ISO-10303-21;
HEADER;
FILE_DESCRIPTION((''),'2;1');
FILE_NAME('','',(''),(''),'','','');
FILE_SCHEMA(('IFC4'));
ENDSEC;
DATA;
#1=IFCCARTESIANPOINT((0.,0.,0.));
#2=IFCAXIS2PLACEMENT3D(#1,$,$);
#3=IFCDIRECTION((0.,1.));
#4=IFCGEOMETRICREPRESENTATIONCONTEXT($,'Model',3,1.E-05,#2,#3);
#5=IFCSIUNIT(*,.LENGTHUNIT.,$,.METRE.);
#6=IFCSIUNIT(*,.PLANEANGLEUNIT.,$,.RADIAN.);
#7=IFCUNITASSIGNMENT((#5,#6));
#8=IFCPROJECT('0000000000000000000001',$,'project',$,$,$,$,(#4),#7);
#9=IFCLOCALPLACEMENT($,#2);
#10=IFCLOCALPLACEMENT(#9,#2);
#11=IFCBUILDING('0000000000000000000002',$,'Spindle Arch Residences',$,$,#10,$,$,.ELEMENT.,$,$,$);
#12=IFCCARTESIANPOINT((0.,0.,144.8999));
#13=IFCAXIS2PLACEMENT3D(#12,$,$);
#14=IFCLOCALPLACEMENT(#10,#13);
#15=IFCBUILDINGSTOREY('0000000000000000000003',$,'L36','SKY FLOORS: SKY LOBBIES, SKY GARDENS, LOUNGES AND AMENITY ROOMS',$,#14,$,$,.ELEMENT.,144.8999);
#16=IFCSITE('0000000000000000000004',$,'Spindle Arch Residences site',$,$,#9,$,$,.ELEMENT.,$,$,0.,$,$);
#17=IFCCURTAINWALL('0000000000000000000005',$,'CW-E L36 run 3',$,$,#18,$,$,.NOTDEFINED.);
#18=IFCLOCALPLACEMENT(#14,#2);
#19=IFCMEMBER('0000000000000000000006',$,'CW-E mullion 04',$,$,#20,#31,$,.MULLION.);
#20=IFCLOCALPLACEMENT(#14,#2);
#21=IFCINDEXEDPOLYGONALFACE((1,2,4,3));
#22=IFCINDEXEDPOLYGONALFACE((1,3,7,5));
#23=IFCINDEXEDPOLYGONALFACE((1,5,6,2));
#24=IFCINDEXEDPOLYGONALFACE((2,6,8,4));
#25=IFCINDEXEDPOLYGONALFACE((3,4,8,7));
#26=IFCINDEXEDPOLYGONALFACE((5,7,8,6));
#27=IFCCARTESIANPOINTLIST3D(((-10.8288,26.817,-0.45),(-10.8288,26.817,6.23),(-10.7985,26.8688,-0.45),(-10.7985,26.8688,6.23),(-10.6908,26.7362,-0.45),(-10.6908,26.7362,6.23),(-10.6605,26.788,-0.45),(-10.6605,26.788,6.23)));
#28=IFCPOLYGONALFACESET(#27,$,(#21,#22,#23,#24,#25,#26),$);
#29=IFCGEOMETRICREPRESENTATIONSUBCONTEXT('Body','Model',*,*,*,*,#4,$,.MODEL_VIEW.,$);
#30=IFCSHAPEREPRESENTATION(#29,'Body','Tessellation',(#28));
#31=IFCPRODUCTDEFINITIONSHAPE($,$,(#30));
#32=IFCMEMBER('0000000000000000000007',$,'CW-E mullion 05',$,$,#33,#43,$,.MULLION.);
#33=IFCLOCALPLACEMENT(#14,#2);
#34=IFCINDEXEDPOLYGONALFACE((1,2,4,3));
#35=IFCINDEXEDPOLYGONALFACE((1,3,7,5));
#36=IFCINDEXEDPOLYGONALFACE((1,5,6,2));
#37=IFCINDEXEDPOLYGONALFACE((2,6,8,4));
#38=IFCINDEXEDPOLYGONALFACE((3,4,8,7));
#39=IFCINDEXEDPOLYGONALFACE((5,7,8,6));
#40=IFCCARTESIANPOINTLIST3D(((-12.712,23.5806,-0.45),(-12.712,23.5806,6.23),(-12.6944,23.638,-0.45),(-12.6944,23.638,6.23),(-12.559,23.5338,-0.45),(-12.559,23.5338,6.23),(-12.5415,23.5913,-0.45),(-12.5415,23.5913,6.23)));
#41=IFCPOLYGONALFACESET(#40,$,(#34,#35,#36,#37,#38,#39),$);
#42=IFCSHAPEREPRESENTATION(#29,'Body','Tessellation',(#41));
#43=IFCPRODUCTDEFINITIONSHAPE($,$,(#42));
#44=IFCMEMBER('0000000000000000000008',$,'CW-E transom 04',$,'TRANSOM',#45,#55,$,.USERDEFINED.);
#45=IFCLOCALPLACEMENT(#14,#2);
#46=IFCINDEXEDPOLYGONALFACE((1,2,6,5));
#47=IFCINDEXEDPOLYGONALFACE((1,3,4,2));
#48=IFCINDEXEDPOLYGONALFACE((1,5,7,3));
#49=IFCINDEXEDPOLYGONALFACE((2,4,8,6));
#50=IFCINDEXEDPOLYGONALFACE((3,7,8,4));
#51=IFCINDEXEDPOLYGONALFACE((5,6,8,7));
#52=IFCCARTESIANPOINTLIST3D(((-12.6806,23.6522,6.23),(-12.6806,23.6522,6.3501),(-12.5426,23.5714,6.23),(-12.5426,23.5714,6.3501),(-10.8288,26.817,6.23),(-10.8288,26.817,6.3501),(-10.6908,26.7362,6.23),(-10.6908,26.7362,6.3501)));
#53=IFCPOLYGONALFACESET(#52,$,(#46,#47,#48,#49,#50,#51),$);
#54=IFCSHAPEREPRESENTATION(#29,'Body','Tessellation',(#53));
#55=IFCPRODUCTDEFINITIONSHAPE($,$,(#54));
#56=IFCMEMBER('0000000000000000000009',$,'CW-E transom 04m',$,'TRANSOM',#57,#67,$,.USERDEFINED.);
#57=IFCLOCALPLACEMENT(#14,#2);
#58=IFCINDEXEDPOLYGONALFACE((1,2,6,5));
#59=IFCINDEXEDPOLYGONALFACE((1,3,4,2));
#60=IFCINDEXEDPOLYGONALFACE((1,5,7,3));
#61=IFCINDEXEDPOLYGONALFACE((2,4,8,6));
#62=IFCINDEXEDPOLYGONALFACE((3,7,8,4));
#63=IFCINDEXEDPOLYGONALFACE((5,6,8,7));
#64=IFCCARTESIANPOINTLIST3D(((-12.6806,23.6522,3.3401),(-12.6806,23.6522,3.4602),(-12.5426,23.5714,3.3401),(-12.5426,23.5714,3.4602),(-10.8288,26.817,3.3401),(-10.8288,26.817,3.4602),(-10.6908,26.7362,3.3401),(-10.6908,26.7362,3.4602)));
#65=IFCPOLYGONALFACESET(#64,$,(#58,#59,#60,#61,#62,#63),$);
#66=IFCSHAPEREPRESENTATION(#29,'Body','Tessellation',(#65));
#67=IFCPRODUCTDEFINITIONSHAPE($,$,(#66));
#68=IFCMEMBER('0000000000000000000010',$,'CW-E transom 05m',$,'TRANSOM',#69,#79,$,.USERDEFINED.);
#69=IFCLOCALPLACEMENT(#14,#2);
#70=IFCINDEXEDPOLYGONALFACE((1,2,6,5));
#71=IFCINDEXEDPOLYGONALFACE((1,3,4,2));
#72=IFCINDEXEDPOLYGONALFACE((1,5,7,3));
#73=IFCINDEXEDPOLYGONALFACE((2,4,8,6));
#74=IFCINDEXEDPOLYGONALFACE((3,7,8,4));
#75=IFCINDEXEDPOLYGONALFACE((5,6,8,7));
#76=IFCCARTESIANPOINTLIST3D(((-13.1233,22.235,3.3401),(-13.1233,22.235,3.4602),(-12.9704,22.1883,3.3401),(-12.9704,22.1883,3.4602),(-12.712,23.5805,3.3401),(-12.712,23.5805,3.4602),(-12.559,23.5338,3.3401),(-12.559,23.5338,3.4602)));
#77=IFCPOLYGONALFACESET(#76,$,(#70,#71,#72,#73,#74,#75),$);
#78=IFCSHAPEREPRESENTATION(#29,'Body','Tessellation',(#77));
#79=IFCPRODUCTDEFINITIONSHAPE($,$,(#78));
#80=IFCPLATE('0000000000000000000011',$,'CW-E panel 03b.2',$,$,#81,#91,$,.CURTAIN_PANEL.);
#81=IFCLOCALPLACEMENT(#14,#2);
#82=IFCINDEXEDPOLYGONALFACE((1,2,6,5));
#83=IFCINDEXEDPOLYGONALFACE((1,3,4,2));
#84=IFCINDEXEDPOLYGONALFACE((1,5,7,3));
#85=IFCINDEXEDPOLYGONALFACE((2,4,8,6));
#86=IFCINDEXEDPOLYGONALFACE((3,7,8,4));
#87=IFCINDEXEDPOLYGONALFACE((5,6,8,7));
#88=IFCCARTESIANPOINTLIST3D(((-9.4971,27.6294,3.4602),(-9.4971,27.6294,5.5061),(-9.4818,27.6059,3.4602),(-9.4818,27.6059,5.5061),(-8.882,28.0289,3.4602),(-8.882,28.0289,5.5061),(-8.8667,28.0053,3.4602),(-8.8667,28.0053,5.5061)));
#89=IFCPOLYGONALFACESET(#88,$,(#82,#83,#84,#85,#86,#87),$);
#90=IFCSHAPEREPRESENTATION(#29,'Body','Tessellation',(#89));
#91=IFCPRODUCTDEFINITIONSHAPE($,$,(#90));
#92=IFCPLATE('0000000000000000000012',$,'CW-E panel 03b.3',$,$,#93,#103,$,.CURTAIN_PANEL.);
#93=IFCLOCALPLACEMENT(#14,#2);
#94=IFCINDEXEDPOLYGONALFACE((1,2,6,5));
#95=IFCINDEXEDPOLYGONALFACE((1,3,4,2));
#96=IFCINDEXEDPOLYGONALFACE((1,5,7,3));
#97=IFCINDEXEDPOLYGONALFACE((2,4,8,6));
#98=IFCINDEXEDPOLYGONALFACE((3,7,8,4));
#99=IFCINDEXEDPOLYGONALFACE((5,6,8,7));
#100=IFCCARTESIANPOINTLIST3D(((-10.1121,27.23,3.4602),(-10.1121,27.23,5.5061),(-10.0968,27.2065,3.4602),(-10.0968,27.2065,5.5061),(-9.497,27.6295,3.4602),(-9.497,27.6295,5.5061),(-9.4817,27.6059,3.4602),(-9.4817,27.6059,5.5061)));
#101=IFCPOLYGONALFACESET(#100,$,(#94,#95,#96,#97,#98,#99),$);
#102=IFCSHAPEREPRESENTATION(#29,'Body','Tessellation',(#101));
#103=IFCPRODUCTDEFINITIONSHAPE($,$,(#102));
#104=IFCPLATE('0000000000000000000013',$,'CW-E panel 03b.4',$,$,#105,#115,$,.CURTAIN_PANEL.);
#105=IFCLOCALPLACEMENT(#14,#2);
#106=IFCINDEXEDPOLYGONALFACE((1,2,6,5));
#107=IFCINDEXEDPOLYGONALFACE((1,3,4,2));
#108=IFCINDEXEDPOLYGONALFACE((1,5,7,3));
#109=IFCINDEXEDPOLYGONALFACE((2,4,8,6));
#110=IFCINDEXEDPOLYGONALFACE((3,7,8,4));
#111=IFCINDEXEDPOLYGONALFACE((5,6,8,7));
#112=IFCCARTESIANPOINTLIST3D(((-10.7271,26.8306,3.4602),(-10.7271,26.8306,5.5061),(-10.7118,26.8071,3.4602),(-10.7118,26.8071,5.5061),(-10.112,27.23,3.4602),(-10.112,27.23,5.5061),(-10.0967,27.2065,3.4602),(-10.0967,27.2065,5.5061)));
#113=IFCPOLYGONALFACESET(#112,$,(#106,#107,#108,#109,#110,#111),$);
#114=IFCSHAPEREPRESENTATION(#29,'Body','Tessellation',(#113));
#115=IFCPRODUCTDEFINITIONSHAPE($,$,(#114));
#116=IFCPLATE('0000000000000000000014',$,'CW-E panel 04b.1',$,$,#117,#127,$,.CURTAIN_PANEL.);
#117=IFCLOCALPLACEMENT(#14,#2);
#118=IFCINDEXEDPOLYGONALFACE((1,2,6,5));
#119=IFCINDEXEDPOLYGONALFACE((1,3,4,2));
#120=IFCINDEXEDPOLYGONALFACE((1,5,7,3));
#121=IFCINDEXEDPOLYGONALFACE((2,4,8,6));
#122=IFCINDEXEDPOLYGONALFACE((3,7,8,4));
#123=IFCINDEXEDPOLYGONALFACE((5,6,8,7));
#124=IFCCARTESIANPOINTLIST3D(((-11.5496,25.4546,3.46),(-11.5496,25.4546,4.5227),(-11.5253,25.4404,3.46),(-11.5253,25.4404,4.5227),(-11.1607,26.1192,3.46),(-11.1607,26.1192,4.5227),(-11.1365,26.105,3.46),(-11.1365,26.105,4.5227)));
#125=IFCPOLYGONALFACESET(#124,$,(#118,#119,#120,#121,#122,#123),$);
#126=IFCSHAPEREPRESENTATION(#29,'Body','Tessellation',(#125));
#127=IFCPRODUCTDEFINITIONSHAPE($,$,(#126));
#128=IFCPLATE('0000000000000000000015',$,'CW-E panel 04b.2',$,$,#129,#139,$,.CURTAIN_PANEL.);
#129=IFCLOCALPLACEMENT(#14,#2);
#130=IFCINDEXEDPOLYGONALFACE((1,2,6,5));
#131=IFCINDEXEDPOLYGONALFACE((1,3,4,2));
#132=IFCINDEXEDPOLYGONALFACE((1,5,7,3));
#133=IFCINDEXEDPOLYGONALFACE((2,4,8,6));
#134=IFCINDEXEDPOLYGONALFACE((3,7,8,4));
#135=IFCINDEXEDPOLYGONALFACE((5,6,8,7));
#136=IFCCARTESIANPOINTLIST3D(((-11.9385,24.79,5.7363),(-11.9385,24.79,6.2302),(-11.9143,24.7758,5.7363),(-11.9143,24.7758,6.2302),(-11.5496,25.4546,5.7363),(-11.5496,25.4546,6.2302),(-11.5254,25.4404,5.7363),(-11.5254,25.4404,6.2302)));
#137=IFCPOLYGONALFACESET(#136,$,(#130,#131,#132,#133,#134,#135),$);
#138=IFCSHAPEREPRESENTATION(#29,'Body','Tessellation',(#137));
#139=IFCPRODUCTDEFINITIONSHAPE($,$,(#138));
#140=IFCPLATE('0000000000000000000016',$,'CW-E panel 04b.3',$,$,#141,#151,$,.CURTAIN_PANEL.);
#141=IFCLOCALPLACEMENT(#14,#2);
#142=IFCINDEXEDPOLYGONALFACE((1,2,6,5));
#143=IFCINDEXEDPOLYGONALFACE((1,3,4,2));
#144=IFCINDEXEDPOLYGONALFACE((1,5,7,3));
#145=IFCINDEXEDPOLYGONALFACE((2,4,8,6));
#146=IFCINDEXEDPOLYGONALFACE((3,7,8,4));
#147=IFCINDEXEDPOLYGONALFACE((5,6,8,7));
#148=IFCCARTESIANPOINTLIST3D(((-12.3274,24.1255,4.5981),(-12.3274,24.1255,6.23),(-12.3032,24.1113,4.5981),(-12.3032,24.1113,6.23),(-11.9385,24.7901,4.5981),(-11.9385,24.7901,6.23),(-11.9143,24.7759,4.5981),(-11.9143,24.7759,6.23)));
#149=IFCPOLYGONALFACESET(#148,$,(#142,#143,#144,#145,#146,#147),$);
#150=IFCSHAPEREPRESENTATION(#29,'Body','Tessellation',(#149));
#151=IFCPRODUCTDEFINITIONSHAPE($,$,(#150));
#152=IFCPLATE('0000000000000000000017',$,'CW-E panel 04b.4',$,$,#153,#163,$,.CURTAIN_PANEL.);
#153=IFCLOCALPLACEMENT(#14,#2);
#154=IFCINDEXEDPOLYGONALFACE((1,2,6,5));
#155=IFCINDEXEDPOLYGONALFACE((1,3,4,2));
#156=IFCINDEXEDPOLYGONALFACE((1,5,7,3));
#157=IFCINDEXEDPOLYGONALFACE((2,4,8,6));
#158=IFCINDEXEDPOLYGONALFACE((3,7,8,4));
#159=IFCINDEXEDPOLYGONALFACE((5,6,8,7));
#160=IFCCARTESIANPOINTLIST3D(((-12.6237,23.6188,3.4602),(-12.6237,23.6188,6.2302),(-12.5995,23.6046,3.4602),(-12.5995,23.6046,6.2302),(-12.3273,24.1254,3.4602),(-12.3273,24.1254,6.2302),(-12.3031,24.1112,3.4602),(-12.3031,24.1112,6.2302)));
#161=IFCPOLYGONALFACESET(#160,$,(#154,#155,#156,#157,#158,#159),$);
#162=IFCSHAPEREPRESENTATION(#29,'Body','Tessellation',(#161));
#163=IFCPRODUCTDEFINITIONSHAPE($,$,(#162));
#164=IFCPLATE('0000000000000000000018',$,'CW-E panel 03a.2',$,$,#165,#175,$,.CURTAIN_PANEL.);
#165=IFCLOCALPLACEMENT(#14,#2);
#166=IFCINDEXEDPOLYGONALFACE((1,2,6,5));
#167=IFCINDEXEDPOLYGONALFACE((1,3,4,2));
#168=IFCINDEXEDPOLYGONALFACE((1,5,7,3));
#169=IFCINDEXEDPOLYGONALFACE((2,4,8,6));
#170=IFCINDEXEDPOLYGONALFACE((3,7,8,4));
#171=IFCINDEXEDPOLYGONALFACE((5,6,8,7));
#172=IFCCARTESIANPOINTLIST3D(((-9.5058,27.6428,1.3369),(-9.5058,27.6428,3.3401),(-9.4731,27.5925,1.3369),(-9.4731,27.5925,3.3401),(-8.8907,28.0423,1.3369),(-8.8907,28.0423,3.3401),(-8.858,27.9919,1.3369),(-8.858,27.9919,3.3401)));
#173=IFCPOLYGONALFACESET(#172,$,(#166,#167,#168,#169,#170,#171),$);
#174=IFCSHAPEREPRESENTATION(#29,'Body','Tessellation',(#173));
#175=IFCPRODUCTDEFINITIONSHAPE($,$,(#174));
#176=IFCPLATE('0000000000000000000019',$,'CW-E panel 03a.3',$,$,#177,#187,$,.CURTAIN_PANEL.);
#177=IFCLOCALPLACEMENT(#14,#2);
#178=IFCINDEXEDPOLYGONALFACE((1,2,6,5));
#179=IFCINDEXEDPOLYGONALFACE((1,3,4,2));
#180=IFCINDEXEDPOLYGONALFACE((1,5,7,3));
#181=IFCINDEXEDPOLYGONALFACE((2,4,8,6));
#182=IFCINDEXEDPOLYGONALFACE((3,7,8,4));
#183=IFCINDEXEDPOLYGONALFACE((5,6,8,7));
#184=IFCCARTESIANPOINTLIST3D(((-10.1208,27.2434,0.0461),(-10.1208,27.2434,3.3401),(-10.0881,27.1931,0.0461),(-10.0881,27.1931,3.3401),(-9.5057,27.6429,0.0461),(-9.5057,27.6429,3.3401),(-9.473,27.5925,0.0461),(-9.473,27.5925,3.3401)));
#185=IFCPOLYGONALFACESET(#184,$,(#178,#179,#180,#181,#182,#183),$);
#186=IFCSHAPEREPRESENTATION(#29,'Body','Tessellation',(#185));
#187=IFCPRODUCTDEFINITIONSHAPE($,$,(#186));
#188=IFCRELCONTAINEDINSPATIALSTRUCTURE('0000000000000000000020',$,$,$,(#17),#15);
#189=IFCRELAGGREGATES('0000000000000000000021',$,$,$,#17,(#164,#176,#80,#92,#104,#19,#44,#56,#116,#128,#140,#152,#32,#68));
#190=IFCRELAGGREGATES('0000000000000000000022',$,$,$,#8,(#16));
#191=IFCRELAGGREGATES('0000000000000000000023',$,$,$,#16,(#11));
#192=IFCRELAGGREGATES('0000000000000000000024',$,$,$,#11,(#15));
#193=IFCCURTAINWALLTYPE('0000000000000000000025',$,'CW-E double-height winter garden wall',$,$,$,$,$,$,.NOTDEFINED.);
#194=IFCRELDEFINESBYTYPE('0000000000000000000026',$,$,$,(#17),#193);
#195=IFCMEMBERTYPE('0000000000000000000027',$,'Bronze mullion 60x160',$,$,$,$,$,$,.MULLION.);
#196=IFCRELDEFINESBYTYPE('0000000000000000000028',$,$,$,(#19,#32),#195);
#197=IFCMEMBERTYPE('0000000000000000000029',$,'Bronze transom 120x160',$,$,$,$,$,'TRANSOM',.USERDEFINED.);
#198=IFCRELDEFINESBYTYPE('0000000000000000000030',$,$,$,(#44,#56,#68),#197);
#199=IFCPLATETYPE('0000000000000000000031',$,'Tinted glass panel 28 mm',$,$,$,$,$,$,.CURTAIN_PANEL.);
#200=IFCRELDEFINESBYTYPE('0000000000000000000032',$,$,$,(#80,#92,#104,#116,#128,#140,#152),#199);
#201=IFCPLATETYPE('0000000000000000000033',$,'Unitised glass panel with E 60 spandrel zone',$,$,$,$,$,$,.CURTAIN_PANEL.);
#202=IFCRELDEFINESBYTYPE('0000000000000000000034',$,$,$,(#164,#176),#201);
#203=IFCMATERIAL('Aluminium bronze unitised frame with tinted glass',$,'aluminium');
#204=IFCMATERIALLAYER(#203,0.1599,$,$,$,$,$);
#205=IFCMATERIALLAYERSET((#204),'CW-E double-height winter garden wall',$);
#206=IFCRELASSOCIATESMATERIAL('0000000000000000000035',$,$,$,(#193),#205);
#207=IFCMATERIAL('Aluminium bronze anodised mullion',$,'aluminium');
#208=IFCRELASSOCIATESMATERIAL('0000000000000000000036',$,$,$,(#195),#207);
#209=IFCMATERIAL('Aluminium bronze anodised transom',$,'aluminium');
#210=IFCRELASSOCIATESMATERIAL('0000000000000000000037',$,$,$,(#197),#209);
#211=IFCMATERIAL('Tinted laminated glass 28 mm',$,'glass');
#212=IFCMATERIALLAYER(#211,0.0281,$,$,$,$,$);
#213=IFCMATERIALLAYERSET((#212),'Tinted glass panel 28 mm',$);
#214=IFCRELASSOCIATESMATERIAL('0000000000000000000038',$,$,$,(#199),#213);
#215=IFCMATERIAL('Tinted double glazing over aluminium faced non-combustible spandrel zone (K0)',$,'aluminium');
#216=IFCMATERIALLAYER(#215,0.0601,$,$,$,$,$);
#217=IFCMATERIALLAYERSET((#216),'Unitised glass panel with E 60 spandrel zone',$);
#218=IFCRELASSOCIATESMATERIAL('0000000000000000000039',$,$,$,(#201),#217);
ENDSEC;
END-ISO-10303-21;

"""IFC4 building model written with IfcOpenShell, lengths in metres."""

from ifc_helpers import new_model, si_unit, direction, frame, origin, origin_2d, place, context, subcontext, project, spatial, rectangle, extrude, material, layer, layer_set, material_profile, profile_set, type_object, element, aggregate, save


model = new_model("IFC4")

# Units and contexts
model_context = context("Model", 3, precision=1e-05, world=origin(), true_north=direction((0.0, 1.0)))
body_context = subcontext(model_context, "Body", "Model", "MODEL_VIEW")
ifc_project = project(units=[si_unit("LENGTHUNIT", "METRE"), si_unit("PLANEANGLEUNIT", "RADIAN")], contexts=[model_context])

# Site, building, storey
site_placement = place(None, origin())
site = spatial("IfcSite", under=ifc_project, at=site_placement, Name="Spindle Arch Residences site", CompositionType="ELEMENT", RefElevation=0.0)
building_placement = place(site_placement, origin())
building = spatial("IfcBuilding", under=site, at=building_placement, Name="Spindle Arch Residences", CompositionType="ELEMENT")
storey_placement = place(building_placement, frame((0.0, 0.0, 144.8999)))
storey = spatial("IfcBuildingStorey", under=building, at=storey_placement, Name="L36", Description="SKY FLOORS: SKY LOBBIES, SKY GARDENS, LOUNGES AND AMENITY ROOMS", CompositionType="ELEMENT", Elevation=144.8999)

# Curtain wall, members, plates
ifc_material_1 = material(Name="Aluminium bronze unitised frame with tinted glass", Category="aluminium")
ifc_layer_1 = layer(ifc_material_1, 0.1599)
ifc_layer_set_1 = layer_set([ifc_layer_1], Name="CW-E double-height winter garden wall")
curtain_wall_type = type_object("IfcCurtainWallType", Name="CW-E double-height winter garden wall", PredefinedType="NOTDEFINED", material=ifc_layer_set_1)
curtain_wall_placement = place(storey_placement, origin())
curtain_wall = element("IfcCurtainWall", 1, at=curtain_wall_placement, inside=storey, type_object=curtain_wall_type, Name="CW-E L36 run 3", PredefinedType="NOTDEFINED")
ifc_material_2 = material(Name="Aluminium bronze anodised mullion", Category="aluminium")
ifc_material_profile_1 = material_profile(ifc_material_2, rectangle(XDim=0.1599, YDim=0.0601, at=origin_2d()), Name="MU 60x160")
ifc_profile_set_1 = profile_set([ifc_material_profile_1], Name="Aluminium bronze anodised mullion")
member_type_1 = type_object("IfcMemberType", Name="Bronze mullion 60x160", PredefinedType="MULLION", material=ifc_profile_set_1)
member_1_placement = place(storey_placement, frame((-10.7446, 26.8025, -0.45), z_axis=(0.0, 0.0, 1.0), x_axis=(0.863102, -0.50503, 0.0)))
member_1 = element("IfcMember", 2, at=member_1_placement, type_object=member_type_1, Name="CW-E mullion 04", PredefinedType="MULLION", context=body_context, shape_type="SweptSolid", body=[
    extrude(rectangle(XDim=0.1599, YDim=0.0601, at=origin_2d()), origin(), (0.0, 0.0, 1.0), 6.6799),
])
member_2_placement = place(storey_placement, frame((-12.6267, 23.5859, -0.45), z_axis=(0.0, 0.0, 1.0), x_axis=(0.956305, -0.292372, 0.0)))
member_2 = element("IfcMember", 3, at=member_2_placement, type_object=member_type_1, Name="CW-E mullion 05", PredefinedType="MULLION", context=body_context, shape_type="SweptSolid", body=[
    extrude(rectangle(XDim=0.1599, YDim=0.0601, at=origin_2d()), origin(), (0.0, 0.0, 1.0), 6.6799),
])
ifc_material_3 = material(Name="Aluminium bronze anodised transom", Category="aluminium")
ifc_material_profile_2 = material_profile(ifc_material_3, rectangle(XDim=0.1599, YDim=0.1201, at=origin_2d()), Name="TR 120x160")
ifc_profile_set_2 = profile_set([ifc_material_profile_2], Name="Aluminium bronze anodised transom")
member_type_2 = type_object("IfcMemberType", Name="Bronze transom 120x160", ElementType="TRANSOM", PredefinedType="USERDEFINED", material=ifc_profile_set_2)
member_3_placement = place(storey_placement, frame((-10.7598, 26.7766, 6.29), z_axis=(-0.505026, -0.863104, 0.0), x_axis=(0.863104, -0.505026, 0.0)))
member_3 = element("IfcMember", 4, at=member_3_placement, type_object=member_type_2, Name="CW-E transom 04", ObjectType="TRANSOM", PredefinedType="USERDEFINED", context=body_context, shape_type="SweptSolid", body=[
    extrude(rectangle(XDim=0.1599, YDim=0.1201, at=origin_2d()), origin(), (0.0, 0.0, 1.0), 3.6667),
])
member_4_placement = place(storey_placement, frame((-10.7598, 26.7766, 3.4001), z_axis=(-0.505026, -0.863104, 0.0), x_axis=(0.863104, -0.505026, 0.0)))
member_4 = element("IfcMember", 5, at=member_4_placement, type_object=member_type_2, Name="CW-E transom 04m", ObjectType="TRANSOM", PredefinedType="USERDEFINED", context=body_context, shape_type="SweptSolid", body=[
    extrude(rectangle(XDim=0.1599, YDim=0.1201, at=origin_2d()), origin(), (0.0, 0.0, 1.0), 3.6667),
])
member_5_placement = place(storey_placement, frame((-12.6355, 23.5571, 3.4001), z_axis=(-0.29239, -0.956299, 0.0), x_axis=(0.956299, -0.29239, 0.0)))
member_5 = element("IfcMember", 6, at=member_5_placement, type_object=member_type_2, Name="CW-E transom 05m", ObjectType="TRANSOM", PredefinedType="USERDEFINED", context=body_context, shape_type="SweptSolid", body=[
    extrude(rectangle(XDim=0.1599, YDim=0.1201, at=origin_2d()), origin(), (0.0, 0.0, 1.0), 1.407),
])
ifc_material_4 = material(Name="Tinted laminated glass 28 mm", Category="glass")
ifc_layer_2 = layer(ifc_material_4, 0.0281)
ifc_layer_set_2 = layer_set([ifc_layer_2], Name="Tinted glass panel 28 mm")
plate_type_1 = type_object("IfcPlateType", Name="Tinted glass panel 28 mm", PredefinedType="CURTAIN_PANEL", material=ifc_layer_set_2)
plate_1_placement = place(storey_placement, frame((-9.1819, 27.8174, 3.4602), z_axis=(0.0, 0.0, 1.0), x_axis=(-0.838671, -0.544639, 0.0)))
plate_1 = element("IfcPlate", 7, at=plate_1_placement, type_object=plate_type_1, Name="CW-E panel 03b.2", PredefinedType="CURTAIN_PANEL", context=body_context, shape_type="SweptSolid", body=[
    extrude(rectangle(XDim=0.7334, YDim=0.0281, at=origin_2d()), origin(), (0.0, 0.0, 1.0), 2.0459),
])
plate_2_placement = place(storey_placement, frame((-9.7969, 27.418, 3.4602), z_axis=(0.0, 0.0, 1.0), x_axis=(-0.838671, -0.544639, 0.0)))
plate_2 = element("IfcPlate", 8, at=plate_2_placement, type_object=plate_type_1, Name="CW-E panel 03b.3", PredefinedType="CURTAIN_PANEL", context=body_context, shape_type="SweptSolid", body=[
    extrude(rectangle(XDim=0.7334, YDim=0.0281, at=origin_2d()), origin(), (0.0, 0.0, 1.0), 2.0459),
])
plate_3_placement = place(storey_placement, frame((-10.4119, 27.0186, 3.4602), z_axis=(0.0, 0.0, 1.0), x_axis=(-0.838671, -0.544639, 0.0)))
plate_3 = element("IfcPlate", 9, at=plate_3_placement, type_object=plate_type_1, Name="CW-E panel 03b.4", PredefinedType="CURTAIN_PANEL", context=body_context, shape_type="SweptSolid", body=[
    extrude(rectangle(XDim=0.7334, YDim=0.0281, at=origin_2d()), origin(), (0.0, 0.0, 1.0), 2.0459),
])
plate_4_placement = place(storey_placement, frame((-11.343, 25.7798, 3.46), z_axis=(0.0, 0.0, 1.0), x_axis=(-0.50503, -0.863102, 0.0)))
plate_4 = element("IfcPlate", 10, at=plate_4_placement, type_object=plate_type_1, Name="CW-E panel 04b.1", PredefinedType="CURTAIN_PANEL", context=body_context, shape_type="SweptSolid", body=[
    extrude(rectangle(XDim=0.77, YDim=0.0281, at=origin_2d()), origin(), (0.0, 0.0, 1.0), 1.0627),
])
plate_5_placement = place(storey_placement, frame((-11.7319, 25.1152, 5.7363), z_axis=(0.0, 0.0, 1.0), x_axis=(-0.50503, -0.863102, 0.0)))
plate_5 = element("IfcPlate", 11, at=plate_5_placement, type_object=plate_type_1, Name="CW-E panel 04b.2", PredefinedType="CURTAIN_PANEL", context=body_context, shape_type="SweptSolid", body=[
    extrude(rectangle(XDim=0.77, YDim=0.0281, at=origin_2d()), origin(), (0.0, 0.0, 1.0), 0.4939),
])
plate_6_placement = place(storey_placement, frame((-12.1208, 24.4507, 4.5981), z_axis=(0.0, 0.0, 1.0), x_axis=(-0.50503, -0.863102, 0.0)))
plate_6 = element("IfcPlate", 12, at=plate_6_placement, type_object=plate_type_1, Name="CW-E panel 04b.3", PredefinedType="CURTAIN_PANEL", context=body_context, shape_type="SweptSolid", body=[
    extrude(rectangle(XDim=0.77, YDim=0.0281, at=origin_2d()), origin(), (0.0, 0.0, 1.0), 1.6318),
])
plate_7_placement = place(storey_placement, frame((-12.4634, 23.865, 3.4602), z_axis=(0.0, 0.0, 1.0), x_axis=(-0.50503, -0.863102, 0.0)))
plate_7 = element("IfcPlate", 13, at=plate_7_placement, type_object=plate_type_1, Name="CW-E panel 04b.4", PredefinedType="CURTAIN_PANEL", context=body_context, shape_type="SweptSolid", body=[
    extrude(rectangle(XDim=0.5869, YDim=0.0281, at=origin_2d()), origin(), (0.0, 0.0, 1.0), 2.77),
])
ifc_material_5 = material(Name="Tinted double glazing over aluminium faced non-combustible spandrel zone (K0)", Category="aluminium")
ifc_layer_3 = layer(ifc_material_5, 0.0601)
ifc_layer_set_3 = layer_set([ifc_layer_3], Name="Unitised glass panel with E 60 spandrel zone")
plate_type_2 = type_object("IfcPlateType", Name="Unitised glass panel with E 60 spandrel zone", PredefinedType="CURTAIN_PANEL", material=ifc_layer_set_3)
plate_8_placement = place(storey_placement, frame((-9.1819, 27.8174, 1.3369), z_axis=(0.0, 0.0, 1.0), x_axis=(-0.838671, -0.544639, 0.0)))
plate_8 = element("IfcPlate", 14, at=plate_8_placement, type_object=plate_type_2, Name="CW-E panel 03a.2", PredefinedType="CURTAIN_PANEL", context=body_context, shape_type="SweptSolid", body=[
    extrude(rectangle(XDim=0.7334, YDim=0.0601, at=origin_2d()), origin(), (0.0, 0.0, 1.0), 2.0032),
])
plate_9_placement = place(storey_placement, frame((-9.7969, 27.418, 0.0461), z_axis=(0.0, 0.0, 1.0), x_axis=(-0.838671, -0.544639, 0.0)))
plate_9 = element("IfcPlate", 15, at=plate_9_placement, type_object=plate_type_2, Name="CW-E panel 03a.3", PredefinedType="CURTAIN_PANEL", context=body_context, shape_type="SweptSolid", body=[
    extrude(rectangle(XDim=0.7334, YDim=0.0601, at=origin_2d()), origin(), (0.0, 0.0, 1.0), 3.2939),
])
aggregate(curtain_wall, [plate_8, plate_9, plate_1, plate_2, plate_3, member_1, member_3, member_4, plate_4, plate_5, plate_6, plate_7, member_2, member_5])

save(model, "model.ifc")
